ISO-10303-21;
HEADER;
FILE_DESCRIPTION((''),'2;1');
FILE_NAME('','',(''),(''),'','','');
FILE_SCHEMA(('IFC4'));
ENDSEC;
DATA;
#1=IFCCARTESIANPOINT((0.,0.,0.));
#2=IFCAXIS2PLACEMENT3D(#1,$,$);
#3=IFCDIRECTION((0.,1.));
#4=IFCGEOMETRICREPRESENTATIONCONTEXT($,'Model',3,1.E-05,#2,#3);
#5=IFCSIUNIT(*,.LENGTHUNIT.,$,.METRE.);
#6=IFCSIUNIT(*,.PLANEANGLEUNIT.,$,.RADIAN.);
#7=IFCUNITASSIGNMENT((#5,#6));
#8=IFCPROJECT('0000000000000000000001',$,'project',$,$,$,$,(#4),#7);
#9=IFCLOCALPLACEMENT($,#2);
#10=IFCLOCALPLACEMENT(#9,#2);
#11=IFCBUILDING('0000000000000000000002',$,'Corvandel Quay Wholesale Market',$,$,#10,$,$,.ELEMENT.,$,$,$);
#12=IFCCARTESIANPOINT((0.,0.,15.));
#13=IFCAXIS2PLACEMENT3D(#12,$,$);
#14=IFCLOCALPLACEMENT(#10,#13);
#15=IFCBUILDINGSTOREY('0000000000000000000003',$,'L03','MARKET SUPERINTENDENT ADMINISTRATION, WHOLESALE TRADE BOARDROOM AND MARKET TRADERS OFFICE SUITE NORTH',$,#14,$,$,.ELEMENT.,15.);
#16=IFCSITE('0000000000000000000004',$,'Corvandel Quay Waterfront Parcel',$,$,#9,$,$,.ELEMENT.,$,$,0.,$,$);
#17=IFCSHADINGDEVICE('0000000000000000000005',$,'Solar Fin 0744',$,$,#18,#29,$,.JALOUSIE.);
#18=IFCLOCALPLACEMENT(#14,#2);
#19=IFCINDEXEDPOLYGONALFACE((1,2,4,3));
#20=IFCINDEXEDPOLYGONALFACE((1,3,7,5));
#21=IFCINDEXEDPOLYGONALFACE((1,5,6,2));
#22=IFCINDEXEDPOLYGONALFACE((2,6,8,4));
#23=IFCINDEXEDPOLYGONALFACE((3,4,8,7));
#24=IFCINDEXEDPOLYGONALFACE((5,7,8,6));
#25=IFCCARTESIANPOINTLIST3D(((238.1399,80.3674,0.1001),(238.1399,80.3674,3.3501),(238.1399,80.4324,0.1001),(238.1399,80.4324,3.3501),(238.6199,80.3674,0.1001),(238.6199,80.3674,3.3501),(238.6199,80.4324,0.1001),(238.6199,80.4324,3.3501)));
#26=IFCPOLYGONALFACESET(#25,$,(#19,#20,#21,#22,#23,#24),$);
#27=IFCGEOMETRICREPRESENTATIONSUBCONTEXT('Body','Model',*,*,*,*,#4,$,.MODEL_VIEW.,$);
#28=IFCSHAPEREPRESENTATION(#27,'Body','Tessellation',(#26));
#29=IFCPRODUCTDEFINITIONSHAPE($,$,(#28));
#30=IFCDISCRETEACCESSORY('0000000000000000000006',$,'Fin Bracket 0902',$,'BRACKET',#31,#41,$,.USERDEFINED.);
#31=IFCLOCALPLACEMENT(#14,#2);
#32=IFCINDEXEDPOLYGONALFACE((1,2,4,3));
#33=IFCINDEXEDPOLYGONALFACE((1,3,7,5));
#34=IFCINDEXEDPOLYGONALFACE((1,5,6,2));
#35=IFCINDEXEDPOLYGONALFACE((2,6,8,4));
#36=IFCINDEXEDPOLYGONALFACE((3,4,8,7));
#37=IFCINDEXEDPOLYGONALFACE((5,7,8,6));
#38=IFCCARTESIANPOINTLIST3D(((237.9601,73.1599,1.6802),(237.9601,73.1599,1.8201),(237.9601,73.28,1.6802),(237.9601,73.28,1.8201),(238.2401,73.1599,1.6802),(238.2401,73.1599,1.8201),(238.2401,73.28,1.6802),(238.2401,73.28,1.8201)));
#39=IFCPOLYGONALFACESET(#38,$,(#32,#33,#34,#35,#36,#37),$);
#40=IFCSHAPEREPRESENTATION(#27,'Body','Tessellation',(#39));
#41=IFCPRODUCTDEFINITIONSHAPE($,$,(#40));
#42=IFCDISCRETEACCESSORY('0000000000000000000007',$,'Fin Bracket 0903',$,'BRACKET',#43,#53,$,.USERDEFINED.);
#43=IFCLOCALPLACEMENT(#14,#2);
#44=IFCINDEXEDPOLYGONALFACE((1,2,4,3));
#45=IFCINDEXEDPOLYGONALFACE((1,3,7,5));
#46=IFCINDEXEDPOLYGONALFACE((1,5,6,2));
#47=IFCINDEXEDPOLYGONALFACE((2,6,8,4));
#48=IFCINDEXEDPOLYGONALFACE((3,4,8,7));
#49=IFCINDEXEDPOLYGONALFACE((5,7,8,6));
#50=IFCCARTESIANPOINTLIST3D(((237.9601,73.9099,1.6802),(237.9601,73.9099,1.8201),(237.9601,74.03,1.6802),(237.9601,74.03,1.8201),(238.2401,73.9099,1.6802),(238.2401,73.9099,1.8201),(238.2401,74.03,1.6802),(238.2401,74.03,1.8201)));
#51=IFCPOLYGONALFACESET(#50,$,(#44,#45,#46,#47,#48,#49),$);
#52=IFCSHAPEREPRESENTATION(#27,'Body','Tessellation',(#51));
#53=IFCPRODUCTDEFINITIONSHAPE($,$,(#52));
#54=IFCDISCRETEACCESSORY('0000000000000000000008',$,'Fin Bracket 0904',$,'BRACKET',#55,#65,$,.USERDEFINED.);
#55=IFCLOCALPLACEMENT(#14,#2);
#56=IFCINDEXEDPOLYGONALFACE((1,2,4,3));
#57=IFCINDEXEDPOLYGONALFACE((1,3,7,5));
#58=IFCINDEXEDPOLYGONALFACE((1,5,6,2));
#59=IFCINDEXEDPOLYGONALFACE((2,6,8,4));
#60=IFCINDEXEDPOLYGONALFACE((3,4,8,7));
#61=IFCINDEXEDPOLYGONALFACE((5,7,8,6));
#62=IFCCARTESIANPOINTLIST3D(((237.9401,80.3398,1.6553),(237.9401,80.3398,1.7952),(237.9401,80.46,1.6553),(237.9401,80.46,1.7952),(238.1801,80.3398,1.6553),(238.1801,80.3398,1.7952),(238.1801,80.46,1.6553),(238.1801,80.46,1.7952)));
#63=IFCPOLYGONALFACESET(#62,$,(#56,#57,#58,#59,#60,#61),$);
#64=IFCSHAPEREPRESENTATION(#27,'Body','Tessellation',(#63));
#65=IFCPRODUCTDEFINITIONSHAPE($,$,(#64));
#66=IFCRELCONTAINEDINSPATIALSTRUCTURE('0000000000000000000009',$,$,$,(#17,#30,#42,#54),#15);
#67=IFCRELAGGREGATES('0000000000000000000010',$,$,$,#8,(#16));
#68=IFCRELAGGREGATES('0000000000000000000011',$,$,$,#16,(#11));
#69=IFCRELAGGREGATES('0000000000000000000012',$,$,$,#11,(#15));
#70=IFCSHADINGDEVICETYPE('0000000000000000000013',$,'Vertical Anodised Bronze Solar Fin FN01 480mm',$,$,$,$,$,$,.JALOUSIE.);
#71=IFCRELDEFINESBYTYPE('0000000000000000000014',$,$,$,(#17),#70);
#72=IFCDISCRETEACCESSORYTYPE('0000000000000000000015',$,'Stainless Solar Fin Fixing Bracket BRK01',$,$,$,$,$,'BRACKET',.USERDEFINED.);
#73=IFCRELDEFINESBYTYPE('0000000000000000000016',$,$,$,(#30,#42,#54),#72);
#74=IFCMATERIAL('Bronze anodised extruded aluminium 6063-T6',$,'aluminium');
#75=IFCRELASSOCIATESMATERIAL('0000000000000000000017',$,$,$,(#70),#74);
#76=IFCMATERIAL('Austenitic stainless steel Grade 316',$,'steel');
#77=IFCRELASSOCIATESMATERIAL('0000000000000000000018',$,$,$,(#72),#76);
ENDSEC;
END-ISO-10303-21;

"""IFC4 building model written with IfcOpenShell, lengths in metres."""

from ifc_helpers import new_model, si_unit, direction, frame, origin, origin_2d, place, context, subcontext, project, spatial, rectangle, extrude, material, type_object, element, save


model = new_model("IFC4")

# Units and contexts
model_context = context("Model", 3, precision=1e-05, world=origin(), true_north=direction((0.0, 1.0)))
body_context = subcontext(model_context, "Body", "Model", "MODEL_VIEW")
ifc_project = project(units=[si_unit("LENGTHUNIT", "METRE"), si_unit("PLANEANGLEUNIT", "RADIAN")], contexts=[model_context])

# Site, building, storey
site_placement = place(None, origin())
site = spatial("IfcSite", under=ifc_project, at=site_placement, Name="Corvandel Quay Waterfront Parcel", CompositionType="ELEMENT", RefElevation=0.0)
building_placement = place(site_placement, origin())
building = spatial("IfcBuilding", under=site, at=building_placement, Name="Corvandel Quay Wholesale Market", CompositionType="ELEMENT")
storey_placement = place(building_placement, frame((0.0, 0.0, 15.0)))
storey = spatial("IfcBuildingStorey", under=building, at=storey_placement, Name="L03", Description="MARKET SUPERINTENDENT ADMINISTRATION, WHOLESALE TRADE BOARDROOM AND MARKET TRADERS OFFICE SUITE NORTH", CompositionType="ELEMENT", Elevation=15.0)

# Shading device
ifc_material_1 = material(Name="Bronze anodised extruded aluminium 6063-T6", Category="aluminium")
shading_device_type = type_object("IfcShadingDeviceType", Name="Vertical Anodised Bronze Solar Fin FN01 480mm", PredefinedType="JALOUSIE", material=ifc_material_1)
shading_device_placement = place(storey_placement, frame((238.3799, 80.3999, 0.1001), z_axis=(0.0, 0.0, 1.0), x_axis=(1.0, 0.0, 0.0)))
element("IfcShadingDevice", 1, at=shading_device_placement, inside=storey, type_object=shading_device_type, Name="Solar Fin 0744", PredefinedType="JALOUSIE", context=body_context, shape_type="SweptSolid", body=[
    extrude(rectangle(XDim=0.48, YDim=0.0649, at=origin_2d()), origin(), (0.0, 0.0, 1.0), 3.25),
])

# Discrete accessories
ifc_material_2 = material(Name="Austenitic stainless steel Grade 316", Category="steel")
discrete_accessory_type = type_object("IfcDiscreteAccessoryType", Name="Stainless Solar Fin Fixing Bracket BRK01", ElementType="BRACKET", PredefinedType="USERDEFINED", material=ifc_material_2)
for number, where, z_axis, x_axis, name in (
    (2, (238.1001, 73.22, 1.6802), (0.0, 0.0, 1.0), (1.0, 0.0, 0.0), "Fin Bracket 0902"),
    (3, (238.1001, 73.97, 1.6802), (0.0, 0.0, 1.0), (1.0, 0.0, 0.0), "Fin Bracket 0903"),
):
    element("IfcDiscreteAccessory", number, at=place(storey_placement, frame(where, z_axis=z_axis, x_axis=x_axis)), inside=storey, type_object=discrete_accessory_type, Name=name, ObjectType="BRACKET", PredefinedType="USERDEFINED", context=body_context, shape_type="SweptSolid", body=[
        extrude(rectangle(XDim=0.28, YDim=0.1201, at=origin_2d()), origin(), (0.0, 0.0, 1.0), 0.1399),
    ])
discrete_accessory_placement = place(storey_placement, frame((238.0601, 80.3999, 1.6553), z_axis=(0.0, 0.0, 1.0), x_axis=(1.0, 0.0, 0.0)))
element("IfcDiscreteAccessory", 4, at=discrete_accessory_placement, inside=storey, type_object=discrete_accessory_type, Name="Fin Bracket 0904", ObjectType="BRACKET", PredefinedType="USERDEFINED", context=body_context, shape_type="SweptSolid", body=[
    extrude(rectangle(XDim=0.24, YDim=0.1201, at=origin_2d()), origin(), (0.0, 0.0, 1.0), 0.1399),
])

save(model, "model.ifc")
